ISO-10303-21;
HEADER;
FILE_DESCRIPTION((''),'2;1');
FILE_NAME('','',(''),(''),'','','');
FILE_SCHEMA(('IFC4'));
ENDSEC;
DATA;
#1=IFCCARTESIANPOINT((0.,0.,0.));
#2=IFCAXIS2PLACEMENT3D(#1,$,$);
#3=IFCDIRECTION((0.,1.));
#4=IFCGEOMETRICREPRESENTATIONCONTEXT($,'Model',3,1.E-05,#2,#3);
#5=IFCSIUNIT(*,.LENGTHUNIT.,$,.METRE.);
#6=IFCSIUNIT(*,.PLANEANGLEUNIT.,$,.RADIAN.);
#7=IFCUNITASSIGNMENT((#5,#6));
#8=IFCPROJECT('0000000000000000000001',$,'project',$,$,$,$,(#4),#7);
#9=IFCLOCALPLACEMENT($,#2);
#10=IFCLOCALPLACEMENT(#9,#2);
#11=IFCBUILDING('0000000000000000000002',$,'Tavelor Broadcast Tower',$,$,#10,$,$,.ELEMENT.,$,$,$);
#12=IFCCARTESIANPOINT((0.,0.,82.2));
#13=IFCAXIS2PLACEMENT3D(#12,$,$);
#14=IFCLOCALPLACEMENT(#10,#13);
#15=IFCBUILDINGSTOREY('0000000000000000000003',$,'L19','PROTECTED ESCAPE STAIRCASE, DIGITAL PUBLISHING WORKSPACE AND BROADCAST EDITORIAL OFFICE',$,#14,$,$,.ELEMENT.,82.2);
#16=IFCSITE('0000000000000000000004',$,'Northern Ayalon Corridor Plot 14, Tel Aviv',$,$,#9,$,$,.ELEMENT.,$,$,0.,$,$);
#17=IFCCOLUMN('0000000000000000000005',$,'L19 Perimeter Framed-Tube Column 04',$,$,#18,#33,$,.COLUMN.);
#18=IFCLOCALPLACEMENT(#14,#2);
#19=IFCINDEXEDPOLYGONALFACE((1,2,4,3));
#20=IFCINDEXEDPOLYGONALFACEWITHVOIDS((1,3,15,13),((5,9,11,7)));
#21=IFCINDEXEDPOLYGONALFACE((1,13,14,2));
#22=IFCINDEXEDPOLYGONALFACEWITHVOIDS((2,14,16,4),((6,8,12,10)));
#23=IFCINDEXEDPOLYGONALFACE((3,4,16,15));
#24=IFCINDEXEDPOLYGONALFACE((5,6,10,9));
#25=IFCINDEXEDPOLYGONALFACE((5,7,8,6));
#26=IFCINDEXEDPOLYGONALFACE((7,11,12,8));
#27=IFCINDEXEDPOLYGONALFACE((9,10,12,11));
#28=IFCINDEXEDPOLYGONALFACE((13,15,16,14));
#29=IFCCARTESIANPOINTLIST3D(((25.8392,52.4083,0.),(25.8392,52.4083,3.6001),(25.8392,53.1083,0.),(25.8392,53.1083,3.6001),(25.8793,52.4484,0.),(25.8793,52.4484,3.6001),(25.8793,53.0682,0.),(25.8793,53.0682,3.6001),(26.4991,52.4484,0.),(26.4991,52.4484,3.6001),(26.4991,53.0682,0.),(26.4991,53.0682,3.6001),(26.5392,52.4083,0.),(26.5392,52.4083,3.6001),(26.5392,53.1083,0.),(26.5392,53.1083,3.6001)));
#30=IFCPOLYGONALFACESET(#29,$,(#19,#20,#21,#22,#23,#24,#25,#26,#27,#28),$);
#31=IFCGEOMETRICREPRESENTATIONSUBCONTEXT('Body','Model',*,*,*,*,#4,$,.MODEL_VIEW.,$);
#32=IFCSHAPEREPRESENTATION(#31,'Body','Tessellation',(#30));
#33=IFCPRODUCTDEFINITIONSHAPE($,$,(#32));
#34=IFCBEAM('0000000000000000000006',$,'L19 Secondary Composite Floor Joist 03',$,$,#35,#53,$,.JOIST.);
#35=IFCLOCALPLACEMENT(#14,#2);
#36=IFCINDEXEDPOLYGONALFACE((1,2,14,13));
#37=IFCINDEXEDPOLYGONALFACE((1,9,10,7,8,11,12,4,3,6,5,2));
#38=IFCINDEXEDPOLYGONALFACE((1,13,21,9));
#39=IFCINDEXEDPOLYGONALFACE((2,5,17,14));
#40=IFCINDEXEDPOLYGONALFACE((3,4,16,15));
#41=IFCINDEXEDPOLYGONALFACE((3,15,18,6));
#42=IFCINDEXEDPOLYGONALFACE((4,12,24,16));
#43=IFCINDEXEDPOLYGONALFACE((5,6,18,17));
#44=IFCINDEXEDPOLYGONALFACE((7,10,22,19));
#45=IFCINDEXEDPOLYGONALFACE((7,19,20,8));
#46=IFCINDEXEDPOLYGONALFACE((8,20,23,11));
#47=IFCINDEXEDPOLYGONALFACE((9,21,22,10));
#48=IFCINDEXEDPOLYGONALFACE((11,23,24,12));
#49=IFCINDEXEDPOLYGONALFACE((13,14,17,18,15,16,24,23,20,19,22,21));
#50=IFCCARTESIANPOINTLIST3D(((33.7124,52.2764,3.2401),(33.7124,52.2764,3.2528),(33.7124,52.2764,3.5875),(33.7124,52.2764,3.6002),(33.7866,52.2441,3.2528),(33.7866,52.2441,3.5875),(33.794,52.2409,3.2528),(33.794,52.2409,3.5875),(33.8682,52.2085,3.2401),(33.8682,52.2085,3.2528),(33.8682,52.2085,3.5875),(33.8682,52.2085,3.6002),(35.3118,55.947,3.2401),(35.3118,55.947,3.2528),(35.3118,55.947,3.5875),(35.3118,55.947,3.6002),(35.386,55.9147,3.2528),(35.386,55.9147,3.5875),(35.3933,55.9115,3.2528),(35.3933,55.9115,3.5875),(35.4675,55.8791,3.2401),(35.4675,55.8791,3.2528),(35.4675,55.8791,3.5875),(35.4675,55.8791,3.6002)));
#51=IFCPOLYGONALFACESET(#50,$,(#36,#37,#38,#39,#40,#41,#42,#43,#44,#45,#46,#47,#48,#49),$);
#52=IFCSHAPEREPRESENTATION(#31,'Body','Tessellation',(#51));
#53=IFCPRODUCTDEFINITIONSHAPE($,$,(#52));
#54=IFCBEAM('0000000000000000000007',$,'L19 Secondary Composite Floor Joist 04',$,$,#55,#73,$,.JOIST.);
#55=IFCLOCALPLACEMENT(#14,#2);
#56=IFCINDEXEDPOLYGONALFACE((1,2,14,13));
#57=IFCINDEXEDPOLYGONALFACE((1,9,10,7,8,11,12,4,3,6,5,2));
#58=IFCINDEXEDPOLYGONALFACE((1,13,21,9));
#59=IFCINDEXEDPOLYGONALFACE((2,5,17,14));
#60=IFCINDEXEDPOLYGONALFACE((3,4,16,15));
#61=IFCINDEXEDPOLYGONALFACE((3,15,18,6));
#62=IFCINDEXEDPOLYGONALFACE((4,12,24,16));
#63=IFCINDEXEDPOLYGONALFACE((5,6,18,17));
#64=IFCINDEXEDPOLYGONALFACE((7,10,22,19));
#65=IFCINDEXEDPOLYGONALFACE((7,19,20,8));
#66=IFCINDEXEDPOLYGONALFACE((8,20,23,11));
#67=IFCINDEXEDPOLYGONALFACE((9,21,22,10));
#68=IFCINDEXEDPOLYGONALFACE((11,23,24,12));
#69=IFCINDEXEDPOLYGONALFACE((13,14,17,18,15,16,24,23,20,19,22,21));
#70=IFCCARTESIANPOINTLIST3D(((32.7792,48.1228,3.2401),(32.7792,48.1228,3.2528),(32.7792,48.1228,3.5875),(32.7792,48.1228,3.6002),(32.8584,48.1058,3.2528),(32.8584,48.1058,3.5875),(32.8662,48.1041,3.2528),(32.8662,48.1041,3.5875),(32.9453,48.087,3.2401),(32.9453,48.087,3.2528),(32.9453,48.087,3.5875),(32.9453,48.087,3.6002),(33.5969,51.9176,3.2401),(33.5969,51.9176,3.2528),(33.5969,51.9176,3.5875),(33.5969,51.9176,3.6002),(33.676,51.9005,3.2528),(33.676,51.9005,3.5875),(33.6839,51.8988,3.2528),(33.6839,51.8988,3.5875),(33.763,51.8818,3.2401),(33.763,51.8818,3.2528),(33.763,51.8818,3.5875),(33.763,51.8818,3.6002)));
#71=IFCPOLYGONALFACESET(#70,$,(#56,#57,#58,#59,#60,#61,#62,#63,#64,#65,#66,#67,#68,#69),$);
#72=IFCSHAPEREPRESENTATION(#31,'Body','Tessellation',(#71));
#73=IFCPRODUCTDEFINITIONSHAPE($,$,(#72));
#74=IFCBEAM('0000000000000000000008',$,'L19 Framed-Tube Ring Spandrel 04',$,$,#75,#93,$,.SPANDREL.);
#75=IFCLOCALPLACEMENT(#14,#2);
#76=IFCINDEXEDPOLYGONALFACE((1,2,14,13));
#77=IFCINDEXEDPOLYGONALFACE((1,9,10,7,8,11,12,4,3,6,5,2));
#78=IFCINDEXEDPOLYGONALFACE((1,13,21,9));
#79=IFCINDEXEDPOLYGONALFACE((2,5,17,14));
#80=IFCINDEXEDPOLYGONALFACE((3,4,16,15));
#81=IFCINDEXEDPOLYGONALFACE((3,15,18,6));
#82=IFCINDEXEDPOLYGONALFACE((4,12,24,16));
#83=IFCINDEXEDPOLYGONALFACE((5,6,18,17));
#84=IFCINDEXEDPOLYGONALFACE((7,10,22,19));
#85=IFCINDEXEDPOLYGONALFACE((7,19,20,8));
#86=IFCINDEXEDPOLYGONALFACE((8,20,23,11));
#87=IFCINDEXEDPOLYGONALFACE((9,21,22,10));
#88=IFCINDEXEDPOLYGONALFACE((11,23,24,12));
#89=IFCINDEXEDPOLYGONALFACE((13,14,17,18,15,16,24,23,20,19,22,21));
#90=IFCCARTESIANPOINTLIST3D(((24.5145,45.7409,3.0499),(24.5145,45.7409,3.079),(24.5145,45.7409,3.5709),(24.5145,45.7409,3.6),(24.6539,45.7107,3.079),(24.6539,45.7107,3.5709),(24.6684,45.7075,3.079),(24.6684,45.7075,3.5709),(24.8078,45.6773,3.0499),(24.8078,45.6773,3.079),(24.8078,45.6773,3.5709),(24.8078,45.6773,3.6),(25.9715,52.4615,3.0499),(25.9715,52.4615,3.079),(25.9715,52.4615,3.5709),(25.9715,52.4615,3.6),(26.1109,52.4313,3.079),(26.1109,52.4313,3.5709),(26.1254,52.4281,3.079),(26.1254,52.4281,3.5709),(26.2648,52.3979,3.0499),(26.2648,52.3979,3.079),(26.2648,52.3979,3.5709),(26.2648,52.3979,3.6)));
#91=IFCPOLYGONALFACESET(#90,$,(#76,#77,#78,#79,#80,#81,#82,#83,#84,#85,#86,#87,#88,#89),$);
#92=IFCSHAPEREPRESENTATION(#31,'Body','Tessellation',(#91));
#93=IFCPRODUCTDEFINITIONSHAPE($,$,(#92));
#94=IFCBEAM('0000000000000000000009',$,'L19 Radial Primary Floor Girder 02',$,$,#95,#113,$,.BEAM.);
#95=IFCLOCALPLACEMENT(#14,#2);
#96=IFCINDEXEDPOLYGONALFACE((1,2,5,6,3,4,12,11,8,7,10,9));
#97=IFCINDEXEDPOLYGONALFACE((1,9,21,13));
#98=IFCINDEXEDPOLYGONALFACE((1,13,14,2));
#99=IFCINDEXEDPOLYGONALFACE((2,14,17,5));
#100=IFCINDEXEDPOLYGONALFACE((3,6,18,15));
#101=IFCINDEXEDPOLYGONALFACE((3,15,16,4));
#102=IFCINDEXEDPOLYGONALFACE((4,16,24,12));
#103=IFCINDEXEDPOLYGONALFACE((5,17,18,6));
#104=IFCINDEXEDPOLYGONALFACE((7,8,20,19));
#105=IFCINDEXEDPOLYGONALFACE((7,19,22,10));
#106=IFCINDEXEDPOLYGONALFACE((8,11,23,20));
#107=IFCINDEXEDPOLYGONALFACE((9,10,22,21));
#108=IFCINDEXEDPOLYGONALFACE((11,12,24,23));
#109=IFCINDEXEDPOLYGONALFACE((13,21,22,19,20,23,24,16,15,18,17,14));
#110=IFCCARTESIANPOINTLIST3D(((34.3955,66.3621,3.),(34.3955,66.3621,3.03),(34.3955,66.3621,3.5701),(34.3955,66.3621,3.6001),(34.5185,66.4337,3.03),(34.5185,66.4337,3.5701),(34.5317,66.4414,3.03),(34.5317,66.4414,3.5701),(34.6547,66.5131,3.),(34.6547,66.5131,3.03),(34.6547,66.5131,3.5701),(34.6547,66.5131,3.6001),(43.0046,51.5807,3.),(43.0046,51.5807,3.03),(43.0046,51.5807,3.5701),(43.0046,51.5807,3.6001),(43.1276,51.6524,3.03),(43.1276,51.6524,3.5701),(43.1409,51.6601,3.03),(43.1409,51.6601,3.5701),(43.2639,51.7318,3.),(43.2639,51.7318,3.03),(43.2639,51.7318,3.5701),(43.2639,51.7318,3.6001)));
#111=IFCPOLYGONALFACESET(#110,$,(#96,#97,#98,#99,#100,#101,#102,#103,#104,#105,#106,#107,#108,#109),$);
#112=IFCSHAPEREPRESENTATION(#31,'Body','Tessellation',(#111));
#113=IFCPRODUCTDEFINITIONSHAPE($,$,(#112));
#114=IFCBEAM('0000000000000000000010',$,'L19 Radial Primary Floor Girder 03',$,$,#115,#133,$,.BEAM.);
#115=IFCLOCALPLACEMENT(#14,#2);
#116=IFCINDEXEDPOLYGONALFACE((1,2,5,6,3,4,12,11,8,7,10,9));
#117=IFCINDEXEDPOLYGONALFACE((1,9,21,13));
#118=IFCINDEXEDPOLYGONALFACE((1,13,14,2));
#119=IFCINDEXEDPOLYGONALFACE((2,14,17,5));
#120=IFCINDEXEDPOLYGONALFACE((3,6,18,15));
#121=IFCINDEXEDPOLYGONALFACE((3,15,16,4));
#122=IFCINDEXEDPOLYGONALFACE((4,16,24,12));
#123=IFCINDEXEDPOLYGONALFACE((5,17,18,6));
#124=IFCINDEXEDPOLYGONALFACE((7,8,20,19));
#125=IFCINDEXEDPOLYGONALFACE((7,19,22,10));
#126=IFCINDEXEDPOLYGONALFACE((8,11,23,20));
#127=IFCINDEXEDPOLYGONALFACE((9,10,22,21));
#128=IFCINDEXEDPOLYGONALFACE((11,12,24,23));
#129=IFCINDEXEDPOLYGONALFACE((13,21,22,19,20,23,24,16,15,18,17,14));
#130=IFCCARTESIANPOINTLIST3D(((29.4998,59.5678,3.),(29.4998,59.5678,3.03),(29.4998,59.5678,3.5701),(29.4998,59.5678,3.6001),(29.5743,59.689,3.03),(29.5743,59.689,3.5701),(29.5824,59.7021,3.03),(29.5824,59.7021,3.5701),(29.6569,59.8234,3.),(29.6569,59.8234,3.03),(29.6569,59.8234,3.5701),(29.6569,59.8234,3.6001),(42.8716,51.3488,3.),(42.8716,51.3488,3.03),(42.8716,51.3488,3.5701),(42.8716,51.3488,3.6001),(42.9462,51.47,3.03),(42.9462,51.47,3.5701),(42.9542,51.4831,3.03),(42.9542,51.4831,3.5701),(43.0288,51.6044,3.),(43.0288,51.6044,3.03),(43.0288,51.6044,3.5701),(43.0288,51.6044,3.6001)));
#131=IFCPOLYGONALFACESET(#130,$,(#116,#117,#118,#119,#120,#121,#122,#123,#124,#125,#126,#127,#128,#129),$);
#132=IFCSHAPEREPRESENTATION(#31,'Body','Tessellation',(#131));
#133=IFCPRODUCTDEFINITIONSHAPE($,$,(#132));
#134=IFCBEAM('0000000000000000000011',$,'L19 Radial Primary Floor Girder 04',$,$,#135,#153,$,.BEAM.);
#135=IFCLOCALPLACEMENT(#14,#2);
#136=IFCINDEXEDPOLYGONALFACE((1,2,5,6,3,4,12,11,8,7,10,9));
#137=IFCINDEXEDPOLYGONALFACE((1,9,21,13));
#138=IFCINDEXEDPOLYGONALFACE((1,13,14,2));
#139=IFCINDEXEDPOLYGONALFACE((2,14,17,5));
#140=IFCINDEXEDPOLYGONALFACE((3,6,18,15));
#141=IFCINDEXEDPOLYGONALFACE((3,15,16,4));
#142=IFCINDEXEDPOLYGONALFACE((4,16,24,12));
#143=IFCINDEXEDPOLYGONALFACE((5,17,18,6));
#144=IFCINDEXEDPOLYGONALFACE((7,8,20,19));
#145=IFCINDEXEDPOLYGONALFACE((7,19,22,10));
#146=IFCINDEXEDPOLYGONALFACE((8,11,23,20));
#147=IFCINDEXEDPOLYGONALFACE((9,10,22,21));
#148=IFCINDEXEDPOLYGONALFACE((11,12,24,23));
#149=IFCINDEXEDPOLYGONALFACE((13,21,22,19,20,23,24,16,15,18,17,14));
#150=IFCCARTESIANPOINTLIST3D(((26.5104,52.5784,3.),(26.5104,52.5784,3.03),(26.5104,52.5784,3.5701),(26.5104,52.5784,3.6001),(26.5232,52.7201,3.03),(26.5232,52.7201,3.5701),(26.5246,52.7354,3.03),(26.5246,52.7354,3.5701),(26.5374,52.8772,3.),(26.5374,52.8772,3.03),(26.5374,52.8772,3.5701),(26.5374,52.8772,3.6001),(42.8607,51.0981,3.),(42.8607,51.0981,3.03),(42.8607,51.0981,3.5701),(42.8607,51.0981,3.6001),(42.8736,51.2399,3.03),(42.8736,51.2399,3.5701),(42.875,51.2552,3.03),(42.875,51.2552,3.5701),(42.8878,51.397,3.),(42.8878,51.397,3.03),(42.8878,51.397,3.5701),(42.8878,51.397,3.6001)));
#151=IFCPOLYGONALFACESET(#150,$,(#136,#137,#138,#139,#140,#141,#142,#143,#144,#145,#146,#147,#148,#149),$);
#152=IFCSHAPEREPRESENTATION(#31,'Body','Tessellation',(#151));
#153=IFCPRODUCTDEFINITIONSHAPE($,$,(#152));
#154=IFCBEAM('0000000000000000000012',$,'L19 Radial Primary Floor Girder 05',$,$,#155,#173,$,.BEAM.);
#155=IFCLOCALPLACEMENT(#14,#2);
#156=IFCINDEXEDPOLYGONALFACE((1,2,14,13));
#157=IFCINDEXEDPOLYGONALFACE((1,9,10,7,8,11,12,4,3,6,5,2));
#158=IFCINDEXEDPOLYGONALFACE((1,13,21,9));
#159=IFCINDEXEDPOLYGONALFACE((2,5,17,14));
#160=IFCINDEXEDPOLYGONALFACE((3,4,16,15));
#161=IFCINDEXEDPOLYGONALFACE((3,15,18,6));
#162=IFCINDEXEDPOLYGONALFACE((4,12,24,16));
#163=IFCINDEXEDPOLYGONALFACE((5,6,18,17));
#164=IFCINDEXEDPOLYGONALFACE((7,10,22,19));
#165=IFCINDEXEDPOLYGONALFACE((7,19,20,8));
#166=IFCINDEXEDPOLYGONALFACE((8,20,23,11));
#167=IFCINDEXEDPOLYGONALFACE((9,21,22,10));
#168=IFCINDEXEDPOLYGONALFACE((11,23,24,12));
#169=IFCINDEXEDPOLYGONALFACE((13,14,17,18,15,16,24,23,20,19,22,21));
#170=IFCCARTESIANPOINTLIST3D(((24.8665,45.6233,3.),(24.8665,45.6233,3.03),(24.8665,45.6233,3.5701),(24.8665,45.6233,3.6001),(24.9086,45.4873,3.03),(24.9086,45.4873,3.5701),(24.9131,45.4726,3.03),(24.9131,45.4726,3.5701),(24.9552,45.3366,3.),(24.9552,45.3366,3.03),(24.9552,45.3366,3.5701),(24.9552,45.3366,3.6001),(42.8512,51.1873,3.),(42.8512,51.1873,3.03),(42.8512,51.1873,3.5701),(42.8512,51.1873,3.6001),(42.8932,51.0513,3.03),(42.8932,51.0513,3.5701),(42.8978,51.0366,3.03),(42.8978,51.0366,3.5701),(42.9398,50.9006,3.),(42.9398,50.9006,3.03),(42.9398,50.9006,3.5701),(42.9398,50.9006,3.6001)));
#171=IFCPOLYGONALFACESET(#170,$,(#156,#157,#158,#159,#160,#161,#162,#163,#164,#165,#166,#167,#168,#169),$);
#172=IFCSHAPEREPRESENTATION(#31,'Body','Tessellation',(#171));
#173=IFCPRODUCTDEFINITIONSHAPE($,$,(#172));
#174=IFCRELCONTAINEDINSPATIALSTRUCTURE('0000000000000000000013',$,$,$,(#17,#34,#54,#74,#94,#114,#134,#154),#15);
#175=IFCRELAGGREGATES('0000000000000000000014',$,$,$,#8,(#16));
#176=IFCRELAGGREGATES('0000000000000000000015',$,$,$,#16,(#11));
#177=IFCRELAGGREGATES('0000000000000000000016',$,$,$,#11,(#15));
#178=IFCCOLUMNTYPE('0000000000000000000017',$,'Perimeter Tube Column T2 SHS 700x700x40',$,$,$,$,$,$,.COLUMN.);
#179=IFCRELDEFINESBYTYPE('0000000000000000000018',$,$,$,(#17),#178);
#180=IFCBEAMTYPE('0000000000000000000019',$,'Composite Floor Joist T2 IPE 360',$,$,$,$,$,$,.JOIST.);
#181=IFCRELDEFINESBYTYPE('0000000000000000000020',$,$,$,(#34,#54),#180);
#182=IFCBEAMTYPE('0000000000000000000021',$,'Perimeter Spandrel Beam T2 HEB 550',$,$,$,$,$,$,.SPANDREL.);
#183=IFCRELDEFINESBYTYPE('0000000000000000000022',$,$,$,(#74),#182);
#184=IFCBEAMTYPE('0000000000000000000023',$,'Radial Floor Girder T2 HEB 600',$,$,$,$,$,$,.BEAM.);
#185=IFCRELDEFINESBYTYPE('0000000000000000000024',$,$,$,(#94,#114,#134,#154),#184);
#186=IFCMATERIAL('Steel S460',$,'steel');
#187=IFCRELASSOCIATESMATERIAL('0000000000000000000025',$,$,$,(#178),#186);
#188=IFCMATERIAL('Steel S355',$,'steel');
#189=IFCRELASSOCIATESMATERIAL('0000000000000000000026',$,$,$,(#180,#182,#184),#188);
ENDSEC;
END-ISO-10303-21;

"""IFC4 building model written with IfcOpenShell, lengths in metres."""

from ifc_helpers import new_model, si_unit, direction, frame, origin, origin_2d, place, context, subcontext, project, spatial, hollow_rectangle, i_section, extrude, material, material_profile, profile_set, type_object, element, save


model = new_model("IFC4")

# Units and contexts
model_context = context("Model", 3, precision=1e-05, world=origin(), true_north=direction((0.0, 1.0)))
body_context = subcontext(model_context, "Body", "Model", "MODEL_VIEW")
ifc_project = project(units=[si_unit("LENGTHUNIT", "METRE"), si_unit("PLANEANGLEUNIT", "RADIAN")], contexts=[model_context])

# Site, building, storey
site_placement = place(None, origin())
site = spatial("IfcSite", under=ifc_project, at=site_placement, Name="Northern Ayalon Corridor Plot 14, Tel Aviv", CompositionType="ELEMENT", RefElevation=0.0)
building_placement = place(site_placement, origin())
building = spatial("IfcBuilding", under=site, at=building_placement, Name="Tavelor Broadcast Tower", CompositionType="ELEMENT")
storey_placement = place(building_placement, frame((0.0, 0.0, 82.2)))
storey = spatial("IfcBuildingStorey", under=building, at=storey_placement, Name="L19", Description="PROTECTED ESCAPE STAIRCASE, DIGITAL PUBLISHING WORKSPACE AND BROADCAST EDITORIAL OFFICE", CompositionType="ELEMENT", Elevation=82.2)

# Column
ifc_material_1 = material(Name="Steel S460", Category="steel")
ifc_material_profile_1 = material_profile(ifc_material_1, hollow_rectangle(XDim=0.7, YDim=0.7, WallThickness=0.04, at=origin_2d()), Name="SHS 700x700x40")
ifc_profile_set_1 = profile_set([ifc_material_profile_1], Name="Steel S460")
column_type = type_object("IfcColumnType", Name="Perimeter Tube Column T2 SHS 700x700x40", PredefinedType="COLUMN", material=ifc_profile_set_1)
column_placement = place(storey_placement, frame((26.1892, 52.7583, 0.0), z_axis=(0.0, 0.0, 1.0), x_axis=(1.0, 0.0, 0.0)))
element("IfcColumn", 1, at=column_placement, inside=storey, type_object=column_type, Name="L19 Perimeter Framed-Tube Column 04", PredefinedType="COLUMN", context=body_context, shape_type="SweptSolid", body=[
    extrude(hollow_rectangle(XDim=0.7, YDim=0.7, WallThickness=0.04, at=origin_2d()), origin(), (0.0, 0.0, 1.0), 3.6001),
])

# Beams
ifc_material_2 = material(Name="Steel S355", Category="steel")
ifc_material_profile_2 = material_profile(ifc_material_2, i_section(OverallWidth=0.1699, OverallDepth=0.3601, WebThickness=0.0081, FlangeThickness=0.0127, at=origin_2d()), Name="IPE 360")
ifc_profile_set_2 = profile_set([ifc_material_profile_2], Name="Steel S355")
beam_type_1 = type_object("IfcBeamType", Name="Composite Floor Joist T2 IPE 360", PredefinedType="JOIST", material=ifc_profile_set_2)
beam_1_placement = place(storey_placement, frame((35.3896, 55.9131, 3.4202), z_axis=(-0.399446, -0.916757, 0.0), x_axis=(0.916757, -0.399446, 0.0)))
element("IfcBeam", 2, at=beam_1_placement, inside=storey, type_object=beam_type_1, Name="L19 Secondary Composite Floor Joist 03", PredefinedType="JOIST", context=body_context, shape_type="SweptSolid", body=[
    extrude(i_section(OverallWidth=0.1699, OverallDepth=0.3601, WebThickness=0.0081, FlangeThickness=0.0127, at=origin_2d()), origin(), (0.0, 0.0, 1.0), 4.0039),
])
beam_2_placement = place(storey_placement, frame((33.6799, 51.8997, 3.4202), z_axis=(-0.210633, -0.977565, 0.0), x_axis=(0.977565, -0.210633, 0.0)))
element("IfcBeam", 3, at=beam_2_placement, inside=storey, type_object=beam_type_1, Name="L19 Secondary Composite Floor Joist 04", PredefinedType="JOIST", context=body_context, shape_type="SweptSolid", body=[
    extrude(i_section(OverallWidth=0.1699, OverallDepth=0.3601, WebThickness=0.0081, FlangeThickness=0.0127, at=origin_2d()), origin(), (0.0, 0.0, 1.0), 3.8818),
])
ifc_material_profile_3 = material_profile(ifc_material_2, i_section(OverallWidth=0.3, OverallDepth=0.55, WebThickness=0.0149, FlangeThickness=0.0291, at=origin_2d()), Name="HEB 550")
ifc_profile_set_3 = profile_set([ifc_material_profile_3], Name="Steel S355")
beam_type_2 = type_object("IfcBeamType", Name="Perimeter Spandrel Beam T2 HEB 550", PredefinedType="SPANDREL", material=ifc_profile_set_3)
beam_3_placement = place(storey_placement, frame((26.1182, 52.4297, 3.325), z_axis=(-0.211875, -0.977297, 0.0), x_axis=(0.977297, -0.211875, 0.0)))
element("IfcBeam", 4, at=beam_3_placement, inside=storey, type_object=beam_type_2, Name="L19 Framed-Tube Ring Spandrel 04", PredefinedType="SPANDREL", context=body_context, shape_type="SweptSolid", body=[
    extrude(i_section(OverallWidth=0.3, OverallDepth=0.55, WebThickness=0.0149, FlangeThickness=0.0291, at=origin_2d()), origin(), (0.0, 0.0, 1.0), 6.8767),
])
ifc_material_profile_4 = material_profile(ifc_material_2, i_section(OverallWidth=0.3, OverallDepth=0.6001, WebThickness=0.0154, FlangeThickness=0.03, at=origin_2d()), Name="HEB 600")
ifc_profile_set_4 = profile_set([ifc_material_profile_4], Name="Steel S355")
beam_type_3 = type_object("IfcBeamType", Name="Radial Floor Girder T2 HEB 600", PredefinedType="BEAM", material=ifc_profile_set_4)
beam_4_placement = place(storey_placement, frame((43.1343, 51.6562, 3.3), z_axis=(-0.503292, 0.864116, 0.0), x_axis=(-0.864116, -0.503292, 0.0)))
element("IfcBeam", 5, at=beam_4_placement, inside=storey, type_object=beam_type_3, Name="L19 Radial Primary Floor Girder 02", PredefinedType="BEAM", context=body_context, shape_type="SweptSolid", body=[
    extrude(i_section(OverallWidth=0.3, OverallDepth=0.6001, WebThickness=0.0154, FlangeThickness=0.03, at=origin_2d()), origin(), (0.0, 0.0, 1.0), 17.1057),
])
beam_5_placement = place(storey_placement, frame((42.9502, 51.4766, 3.3), z_axis=(-0.851938, 0.523643, 0.0), x_axis=(-0.523643, -0.851938, 0.0)))
element("IfcBeam", 6, at=beam_5_placement, inside=storey, type_object=beam_type_3, Name="L19 Radial Primary Floor Girder 03", PredefinedType="BEAM", context=body_context, shape_type="SweptSolid", body=[
    extrude(i_section(OverallWidth=0.3, OverallDepth=0.6001, WebThickness=0.0154, FlangeThickness=0.03, at=origin_2d()), origin(), (0.0, 0.0, 1.0), 15.6958),
])
beam_6_placement = place(storey_placement, frame((42.8743, 51.2476, 3.3), z_axis=(-0.995927, 0.090163, 0.0), x_axis=(-0.090163, -0.995927, 0.0)))
element("IfcBeam", 7, at=beam_6_placement, inside=storey, type_object=beam_type_3, Name="L19 Radial Primary Floor Girder 04", PredefinedType="BEAM", context=body_context, shape_type="SweptSolid", body=[
    extrude(i_section(OverallWidth=0.3, OverallDepth=0.6001, WebThickness=0.0154, FlangeThickness=0.03, at=origin_2d()), origin(), (0.0, 0.0, 1.0), 16.4172),
])
beam_7_placement = place(storey_placement, frame((42.8955, 51.0439, 3.3), z_axis=(-0.955326, -0.295553, 0.0), x_axis=(0.295553, -0.955326, 0.0)))
element("IfcBeam", 8, at=beam_7_placement, inside=storey, type_object=beam_type_3, Name="L19 Radial Primary Floor Girder 05", PredefinedType="BEAM", context=body_context, shape_type="SweptSolid", body=[
    extrude(i_section(OverallWidth=0.3, OverallDepth=0.6001, WebThickness=0.0154, FlangeThickness=0.03, at=origin_2d()), origin(), (0.0, 0.0, 1.0), 18.8257),
])

save(model, "model.ifc")
